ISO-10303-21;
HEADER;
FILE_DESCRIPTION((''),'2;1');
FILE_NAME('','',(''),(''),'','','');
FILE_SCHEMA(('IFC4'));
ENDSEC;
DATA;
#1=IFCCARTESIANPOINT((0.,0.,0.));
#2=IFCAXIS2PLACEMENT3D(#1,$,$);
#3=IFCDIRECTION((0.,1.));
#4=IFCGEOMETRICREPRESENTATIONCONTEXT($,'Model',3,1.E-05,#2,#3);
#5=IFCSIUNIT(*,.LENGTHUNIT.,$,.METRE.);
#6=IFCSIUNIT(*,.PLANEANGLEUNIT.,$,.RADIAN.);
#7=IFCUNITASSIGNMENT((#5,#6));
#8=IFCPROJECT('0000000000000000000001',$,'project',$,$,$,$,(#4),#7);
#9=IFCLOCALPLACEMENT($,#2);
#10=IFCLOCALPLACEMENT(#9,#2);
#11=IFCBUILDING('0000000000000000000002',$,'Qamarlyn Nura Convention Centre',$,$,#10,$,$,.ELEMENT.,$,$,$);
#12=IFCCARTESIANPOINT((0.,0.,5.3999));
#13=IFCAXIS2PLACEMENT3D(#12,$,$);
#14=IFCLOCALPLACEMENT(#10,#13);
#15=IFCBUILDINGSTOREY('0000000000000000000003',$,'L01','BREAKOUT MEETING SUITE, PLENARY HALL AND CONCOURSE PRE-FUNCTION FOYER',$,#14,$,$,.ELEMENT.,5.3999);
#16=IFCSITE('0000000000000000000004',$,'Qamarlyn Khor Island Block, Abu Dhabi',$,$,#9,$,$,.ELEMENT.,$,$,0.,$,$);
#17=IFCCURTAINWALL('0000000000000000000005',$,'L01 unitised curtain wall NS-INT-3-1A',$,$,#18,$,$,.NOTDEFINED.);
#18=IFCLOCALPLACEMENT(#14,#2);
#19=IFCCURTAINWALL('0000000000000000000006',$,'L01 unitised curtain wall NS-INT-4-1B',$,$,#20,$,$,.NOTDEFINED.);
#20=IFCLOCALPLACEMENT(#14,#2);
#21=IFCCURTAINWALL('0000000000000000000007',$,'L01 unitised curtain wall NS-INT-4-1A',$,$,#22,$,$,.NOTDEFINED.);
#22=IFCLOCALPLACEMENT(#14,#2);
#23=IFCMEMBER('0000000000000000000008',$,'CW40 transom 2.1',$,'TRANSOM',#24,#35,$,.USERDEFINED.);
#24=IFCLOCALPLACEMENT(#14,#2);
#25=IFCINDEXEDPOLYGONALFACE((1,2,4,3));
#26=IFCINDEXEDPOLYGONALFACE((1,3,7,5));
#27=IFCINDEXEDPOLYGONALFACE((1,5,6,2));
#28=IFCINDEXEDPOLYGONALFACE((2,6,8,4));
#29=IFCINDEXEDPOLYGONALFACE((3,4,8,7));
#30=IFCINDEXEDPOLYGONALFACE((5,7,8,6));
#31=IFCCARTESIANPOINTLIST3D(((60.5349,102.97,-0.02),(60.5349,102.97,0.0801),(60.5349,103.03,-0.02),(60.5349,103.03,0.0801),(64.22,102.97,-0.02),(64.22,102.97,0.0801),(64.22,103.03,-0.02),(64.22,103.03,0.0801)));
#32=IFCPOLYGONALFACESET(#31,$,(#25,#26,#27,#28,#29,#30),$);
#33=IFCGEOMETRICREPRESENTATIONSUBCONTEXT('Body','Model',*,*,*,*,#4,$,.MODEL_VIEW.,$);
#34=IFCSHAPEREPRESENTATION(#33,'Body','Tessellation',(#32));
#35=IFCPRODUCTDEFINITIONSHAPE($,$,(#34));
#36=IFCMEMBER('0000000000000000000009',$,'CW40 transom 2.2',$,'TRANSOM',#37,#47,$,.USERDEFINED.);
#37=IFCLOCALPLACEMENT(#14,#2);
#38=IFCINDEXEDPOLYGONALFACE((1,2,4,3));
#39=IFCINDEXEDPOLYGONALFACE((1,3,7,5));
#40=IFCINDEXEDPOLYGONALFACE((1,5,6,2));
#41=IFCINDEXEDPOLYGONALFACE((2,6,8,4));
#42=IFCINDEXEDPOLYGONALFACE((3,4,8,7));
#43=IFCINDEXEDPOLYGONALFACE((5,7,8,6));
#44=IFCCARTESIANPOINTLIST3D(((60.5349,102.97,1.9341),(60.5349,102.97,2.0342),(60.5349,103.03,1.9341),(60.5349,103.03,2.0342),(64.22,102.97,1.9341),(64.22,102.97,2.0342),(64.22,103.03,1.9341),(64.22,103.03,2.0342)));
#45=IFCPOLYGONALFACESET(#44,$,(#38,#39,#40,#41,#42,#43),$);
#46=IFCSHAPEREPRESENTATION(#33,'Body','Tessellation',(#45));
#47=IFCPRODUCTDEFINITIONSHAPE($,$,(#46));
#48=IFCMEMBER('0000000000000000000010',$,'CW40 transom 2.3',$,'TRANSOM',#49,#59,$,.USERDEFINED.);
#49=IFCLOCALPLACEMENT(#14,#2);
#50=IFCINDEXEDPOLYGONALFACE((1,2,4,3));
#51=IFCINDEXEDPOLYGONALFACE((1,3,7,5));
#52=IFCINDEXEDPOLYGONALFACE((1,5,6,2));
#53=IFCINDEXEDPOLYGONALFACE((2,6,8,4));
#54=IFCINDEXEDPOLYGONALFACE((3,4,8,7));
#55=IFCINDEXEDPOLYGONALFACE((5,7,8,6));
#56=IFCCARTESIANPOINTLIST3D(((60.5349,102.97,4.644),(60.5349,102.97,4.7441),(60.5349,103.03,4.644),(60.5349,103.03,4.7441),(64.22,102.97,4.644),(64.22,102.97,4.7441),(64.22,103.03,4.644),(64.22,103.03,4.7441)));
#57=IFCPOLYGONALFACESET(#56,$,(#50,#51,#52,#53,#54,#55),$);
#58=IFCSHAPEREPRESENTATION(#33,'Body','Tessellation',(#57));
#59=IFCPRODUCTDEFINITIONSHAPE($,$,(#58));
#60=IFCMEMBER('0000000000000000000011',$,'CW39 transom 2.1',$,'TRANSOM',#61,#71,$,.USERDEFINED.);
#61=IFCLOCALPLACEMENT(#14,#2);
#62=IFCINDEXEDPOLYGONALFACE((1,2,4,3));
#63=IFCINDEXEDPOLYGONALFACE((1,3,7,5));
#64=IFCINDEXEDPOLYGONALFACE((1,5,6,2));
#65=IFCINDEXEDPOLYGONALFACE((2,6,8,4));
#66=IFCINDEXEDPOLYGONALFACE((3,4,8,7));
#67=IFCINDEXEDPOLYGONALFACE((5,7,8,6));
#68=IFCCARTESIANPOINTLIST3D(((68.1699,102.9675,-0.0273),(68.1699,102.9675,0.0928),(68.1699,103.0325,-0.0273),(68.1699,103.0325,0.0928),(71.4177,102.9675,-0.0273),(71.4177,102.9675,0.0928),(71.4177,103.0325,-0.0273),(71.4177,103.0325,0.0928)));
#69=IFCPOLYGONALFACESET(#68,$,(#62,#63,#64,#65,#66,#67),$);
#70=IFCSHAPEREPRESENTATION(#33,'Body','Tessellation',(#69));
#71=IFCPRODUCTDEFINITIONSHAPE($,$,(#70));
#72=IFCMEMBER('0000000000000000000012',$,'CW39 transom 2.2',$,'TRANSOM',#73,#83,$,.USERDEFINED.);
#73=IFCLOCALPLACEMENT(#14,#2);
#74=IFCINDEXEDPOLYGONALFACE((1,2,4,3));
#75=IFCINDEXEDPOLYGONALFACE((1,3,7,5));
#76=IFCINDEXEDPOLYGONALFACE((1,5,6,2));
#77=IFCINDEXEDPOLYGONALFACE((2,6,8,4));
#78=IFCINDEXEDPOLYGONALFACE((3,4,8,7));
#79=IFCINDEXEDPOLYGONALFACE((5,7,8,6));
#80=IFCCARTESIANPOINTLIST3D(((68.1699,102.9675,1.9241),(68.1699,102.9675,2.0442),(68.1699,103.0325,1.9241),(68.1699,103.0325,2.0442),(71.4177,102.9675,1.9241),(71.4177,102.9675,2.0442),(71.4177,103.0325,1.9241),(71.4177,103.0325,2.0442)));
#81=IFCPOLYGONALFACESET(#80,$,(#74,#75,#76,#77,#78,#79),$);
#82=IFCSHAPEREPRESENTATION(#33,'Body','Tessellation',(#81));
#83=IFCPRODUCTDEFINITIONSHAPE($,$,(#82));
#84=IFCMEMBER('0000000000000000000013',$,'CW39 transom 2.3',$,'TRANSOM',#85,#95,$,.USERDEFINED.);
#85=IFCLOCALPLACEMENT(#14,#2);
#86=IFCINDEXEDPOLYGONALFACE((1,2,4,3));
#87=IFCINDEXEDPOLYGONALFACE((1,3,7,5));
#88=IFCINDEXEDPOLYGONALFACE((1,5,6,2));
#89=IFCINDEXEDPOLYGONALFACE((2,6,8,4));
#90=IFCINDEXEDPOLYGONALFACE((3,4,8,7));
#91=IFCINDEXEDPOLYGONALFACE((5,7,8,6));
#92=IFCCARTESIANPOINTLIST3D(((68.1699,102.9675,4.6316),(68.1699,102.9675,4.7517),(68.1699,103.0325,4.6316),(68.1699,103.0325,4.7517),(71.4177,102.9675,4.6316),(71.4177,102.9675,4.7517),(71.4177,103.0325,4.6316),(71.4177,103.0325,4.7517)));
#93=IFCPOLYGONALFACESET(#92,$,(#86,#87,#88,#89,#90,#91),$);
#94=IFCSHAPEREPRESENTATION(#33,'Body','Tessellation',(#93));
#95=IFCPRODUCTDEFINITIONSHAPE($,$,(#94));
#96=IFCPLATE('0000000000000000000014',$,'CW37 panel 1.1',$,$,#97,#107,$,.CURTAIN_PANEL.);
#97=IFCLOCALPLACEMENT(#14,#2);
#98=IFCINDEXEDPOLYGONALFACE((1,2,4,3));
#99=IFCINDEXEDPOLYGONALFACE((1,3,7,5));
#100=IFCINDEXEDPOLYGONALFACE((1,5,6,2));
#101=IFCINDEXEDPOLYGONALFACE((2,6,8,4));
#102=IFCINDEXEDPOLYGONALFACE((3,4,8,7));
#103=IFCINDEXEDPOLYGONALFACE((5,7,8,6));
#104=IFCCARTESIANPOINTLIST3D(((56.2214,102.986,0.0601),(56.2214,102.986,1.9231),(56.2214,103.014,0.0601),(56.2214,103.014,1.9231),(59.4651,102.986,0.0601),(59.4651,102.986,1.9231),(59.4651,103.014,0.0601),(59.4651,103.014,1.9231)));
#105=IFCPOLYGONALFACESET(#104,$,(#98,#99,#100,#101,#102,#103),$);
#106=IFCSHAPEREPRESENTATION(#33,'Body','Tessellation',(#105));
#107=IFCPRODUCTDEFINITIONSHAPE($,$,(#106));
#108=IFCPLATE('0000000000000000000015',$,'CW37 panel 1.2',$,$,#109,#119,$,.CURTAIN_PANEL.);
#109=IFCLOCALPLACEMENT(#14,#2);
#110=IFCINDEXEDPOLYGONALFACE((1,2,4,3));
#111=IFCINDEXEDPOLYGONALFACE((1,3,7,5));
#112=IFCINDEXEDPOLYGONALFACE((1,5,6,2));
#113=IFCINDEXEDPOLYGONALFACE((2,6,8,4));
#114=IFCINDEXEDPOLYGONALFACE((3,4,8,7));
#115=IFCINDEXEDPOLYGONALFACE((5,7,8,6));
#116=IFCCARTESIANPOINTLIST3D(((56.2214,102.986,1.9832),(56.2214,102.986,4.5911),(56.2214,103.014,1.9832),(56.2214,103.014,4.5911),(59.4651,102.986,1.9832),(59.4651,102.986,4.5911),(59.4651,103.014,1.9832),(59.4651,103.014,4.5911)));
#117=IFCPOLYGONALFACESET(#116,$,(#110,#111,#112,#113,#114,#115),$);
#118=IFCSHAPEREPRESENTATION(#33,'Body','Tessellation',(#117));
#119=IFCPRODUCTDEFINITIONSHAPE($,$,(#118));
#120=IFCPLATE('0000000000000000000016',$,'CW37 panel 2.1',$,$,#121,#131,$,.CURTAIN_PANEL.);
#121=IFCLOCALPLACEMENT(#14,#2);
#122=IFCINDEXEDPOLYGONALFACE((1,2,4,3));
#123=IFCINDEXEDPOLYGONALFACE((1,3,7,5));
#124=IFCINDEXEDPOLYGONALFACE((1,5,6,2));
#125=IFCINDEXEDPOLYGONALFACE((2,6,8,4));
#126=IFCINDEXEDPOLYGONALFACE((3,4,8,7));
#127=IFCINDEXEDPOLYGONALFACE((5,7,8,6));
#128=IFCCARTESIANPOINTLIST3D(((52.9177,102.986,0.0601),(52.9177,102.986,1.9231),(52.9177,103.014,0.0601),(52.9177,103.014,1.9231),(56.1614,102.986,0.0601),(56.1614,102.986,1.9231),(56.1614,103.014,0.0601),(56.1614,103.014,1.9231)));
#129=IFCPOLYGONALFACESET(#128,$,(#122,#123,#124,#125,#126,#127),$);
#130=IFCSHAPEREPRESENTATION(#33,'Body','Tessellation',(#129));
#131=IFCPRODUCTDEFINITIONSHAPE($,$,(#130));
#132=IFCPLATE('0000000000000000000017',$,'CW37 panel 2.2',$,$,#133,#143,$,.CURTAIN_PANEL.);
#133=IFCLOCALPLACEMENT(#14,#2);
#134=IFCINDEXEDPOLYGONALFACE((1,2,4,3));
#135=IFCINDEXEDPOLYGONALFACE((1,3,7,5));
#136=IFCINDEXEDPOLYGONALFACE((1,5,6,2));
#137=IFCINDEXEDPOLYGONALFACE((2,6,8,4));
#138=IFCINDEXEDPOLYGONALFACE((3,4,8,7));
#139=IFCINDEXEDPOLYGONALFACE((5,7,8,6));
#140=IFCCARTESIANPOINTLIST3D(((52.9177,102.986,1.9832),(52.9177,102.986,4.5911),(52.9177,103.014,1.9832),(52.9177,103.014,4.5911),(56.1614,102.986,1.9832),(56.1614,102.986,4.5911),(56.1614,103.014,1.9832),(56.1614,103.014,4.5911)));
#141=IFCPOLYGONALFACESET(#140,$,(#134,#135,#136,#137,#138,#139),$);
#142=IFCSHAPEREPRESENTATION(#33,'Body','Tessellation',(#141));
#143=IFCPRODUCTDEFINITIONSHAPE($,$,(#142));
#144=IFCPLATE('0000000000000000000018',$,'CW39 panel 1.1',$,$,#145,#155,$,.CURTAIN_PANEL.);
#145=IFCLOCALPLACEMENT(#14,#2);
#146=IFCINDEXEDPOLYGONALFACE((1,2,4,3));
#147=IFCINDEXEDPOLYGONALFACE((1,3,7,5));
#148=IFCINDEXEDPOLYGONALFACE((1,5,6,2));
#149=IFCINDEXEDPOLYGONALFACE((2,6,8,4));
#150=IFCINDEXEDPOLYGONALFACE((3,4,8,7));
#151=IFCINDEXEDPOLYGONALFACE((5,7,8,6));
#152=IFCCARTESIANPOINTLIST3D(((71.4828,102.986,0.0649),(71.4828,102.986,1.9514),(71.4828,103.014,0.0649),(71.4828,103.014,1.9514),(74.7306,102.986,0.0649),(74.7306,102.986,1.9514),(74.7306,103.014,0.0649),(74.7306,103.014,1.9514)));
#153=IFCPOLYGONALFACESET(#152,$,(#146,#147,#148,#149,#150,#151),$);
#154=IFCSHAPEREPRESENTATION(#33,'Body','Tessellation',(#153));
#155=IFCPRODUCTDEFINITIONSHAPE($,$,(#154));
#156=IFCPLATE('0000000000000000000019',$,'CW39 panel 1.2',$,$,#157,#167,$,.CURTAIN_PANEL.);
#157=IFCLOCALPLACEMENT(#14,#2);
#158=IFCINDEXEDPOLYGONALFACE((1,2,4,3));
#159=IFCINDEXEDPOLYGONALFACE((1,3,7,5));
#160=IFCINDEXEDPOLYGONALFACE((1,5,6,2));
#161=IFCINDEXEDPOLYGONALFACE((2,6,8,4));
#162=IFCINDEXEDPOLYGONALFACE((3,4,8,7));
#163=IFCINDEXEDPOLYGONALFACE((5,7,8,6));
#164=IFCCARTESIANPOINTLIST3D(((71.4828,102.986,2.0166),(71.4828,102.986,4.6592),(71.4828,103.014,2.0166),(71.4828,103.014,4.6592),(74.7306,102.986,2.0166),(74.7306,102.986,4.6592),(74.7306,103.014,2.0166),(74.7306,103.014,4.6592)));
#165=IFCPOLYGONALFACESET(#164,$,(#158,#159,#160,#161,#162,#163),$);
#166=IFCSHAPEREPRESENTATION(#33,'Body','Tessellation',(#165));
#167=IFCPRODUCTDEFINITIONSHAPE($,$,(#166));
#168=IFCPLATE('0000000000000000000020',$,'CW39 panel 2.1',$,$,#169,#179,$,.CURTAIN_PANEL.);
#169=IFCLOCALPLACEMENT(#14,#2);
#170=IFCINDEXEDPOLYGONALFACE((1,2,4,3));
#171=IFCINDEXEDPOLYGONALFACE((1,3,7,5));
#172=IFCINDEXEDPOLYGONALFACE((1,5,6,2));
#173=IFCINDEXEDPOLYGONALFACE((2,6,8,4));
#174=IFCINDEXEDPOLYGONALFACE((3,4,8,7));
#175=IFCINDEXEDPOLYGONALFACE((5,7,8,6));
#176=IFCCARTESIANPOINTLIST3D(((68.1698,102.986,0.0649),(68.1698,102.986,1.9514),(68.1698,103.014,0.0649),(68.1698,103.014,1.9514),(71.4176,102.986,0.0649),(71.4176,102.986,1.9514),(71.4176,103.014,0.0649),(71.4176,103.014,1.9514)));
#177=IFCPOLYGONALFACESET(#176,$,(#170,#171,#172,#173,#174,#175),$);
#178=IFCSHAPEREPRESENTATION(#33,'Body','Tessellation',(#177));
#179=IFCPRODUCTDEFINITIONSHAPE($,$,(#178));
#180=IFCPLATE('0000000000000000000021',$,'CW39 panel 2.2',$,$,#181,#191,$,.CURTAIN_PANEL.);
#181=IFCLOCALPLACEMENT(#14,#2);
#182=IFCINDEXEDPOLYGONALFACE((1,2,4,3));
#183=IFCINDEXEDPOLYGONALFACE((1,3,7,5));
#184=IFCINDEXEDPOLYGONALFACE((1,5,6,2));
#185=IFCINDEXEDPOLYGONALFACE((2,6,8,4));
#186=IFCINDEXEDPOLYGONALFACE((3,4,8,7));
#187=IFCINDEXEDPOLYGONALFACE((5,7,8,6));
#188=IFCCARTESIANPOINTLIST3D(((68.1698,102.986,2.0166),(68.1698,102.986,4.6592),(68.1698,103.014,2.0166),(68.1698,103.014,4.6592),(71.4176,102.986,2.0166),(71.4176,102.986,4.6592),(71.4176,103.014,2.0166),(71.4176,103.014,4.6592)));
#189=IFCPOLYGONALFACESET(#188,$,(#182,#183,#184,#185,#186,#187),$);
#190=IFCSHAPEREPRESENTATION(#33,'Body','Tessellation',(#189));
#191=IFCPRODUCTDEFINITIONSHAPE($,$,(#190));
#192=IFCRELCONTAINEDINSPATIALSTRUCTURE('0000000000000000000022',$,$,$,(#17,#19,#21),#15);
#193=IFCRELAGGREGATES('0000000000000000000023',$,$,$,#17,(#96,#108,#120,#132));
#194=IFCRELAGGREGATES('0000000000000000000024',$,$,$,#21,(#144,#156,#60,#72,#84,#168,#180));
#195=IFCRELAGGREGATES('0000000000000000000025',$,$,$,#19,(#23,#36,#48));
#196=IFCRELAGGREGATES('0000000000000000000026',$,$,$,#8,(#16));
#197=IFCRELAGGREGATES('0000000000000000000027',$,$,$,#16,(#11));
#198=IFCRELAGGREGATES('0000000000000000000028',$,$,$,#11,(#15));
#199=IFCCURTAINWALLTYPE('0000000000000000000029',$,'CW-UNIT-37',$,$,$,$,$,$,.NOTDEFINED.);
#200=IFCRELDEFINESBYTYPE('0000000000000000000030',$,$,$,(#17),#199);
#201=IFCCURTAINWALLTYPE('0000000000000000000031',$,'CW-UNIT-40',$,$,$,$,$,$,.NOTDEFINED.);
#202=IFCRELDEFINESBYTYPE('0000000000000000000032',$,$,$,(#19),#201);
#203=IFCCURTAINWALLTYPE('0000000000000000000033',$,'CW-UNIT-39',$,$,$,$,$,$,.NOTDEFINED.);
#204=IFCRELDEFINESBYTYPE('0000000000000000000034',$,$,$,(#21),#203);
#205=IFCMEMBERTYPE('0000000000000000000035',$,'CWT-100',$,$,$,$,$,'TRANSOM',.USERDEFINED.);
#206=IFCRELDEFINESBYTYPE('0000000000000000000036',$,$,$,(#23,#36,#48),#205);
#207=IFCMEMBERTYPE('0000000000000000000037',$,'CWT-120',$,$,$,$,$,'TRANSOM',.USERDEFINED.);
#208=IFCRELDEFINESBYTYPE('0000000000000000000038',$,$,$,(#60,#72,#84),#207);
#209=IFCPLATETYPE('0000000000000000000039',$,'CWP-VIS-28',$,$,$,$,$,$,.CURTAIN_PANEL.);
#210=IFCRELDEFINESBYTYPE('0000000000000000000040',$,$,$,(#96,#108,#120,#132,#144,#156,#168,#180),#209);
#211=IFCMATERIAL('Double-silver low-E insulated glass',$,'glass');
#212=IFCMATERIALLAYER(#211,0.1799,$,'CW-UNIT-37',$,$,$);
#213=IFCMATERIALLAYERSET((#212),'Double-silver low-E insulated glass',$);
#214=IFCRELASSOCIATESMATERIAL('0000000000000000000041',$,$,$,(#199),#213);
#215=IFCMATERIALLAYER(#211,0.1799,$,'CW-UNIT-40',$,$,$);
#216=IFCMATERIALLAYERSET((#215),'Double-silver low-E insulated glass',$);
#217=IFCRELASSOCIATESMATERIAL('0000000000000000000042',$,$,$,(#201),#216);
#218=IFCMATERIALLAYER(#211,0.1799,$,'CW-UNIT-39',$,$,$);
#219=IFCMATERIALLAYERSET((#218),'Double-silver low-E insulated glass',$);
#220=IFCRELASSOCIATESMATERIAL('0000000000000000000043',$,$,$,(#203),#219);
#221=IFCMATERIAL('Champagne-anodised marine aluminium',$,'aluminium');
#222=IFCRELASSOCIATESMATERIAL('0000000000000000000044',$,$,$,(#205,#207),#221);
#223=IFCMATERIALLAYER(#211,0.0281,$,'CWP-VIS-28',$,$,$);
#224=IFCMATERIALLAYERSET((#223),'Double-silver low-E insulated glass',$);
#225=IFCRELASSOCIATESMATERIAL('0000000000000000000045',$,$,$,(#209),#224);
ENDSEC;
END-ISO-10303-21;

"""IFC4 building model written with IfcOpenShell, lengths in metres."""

from ifc_helpers import new_model, si_unit, direction, frame, origin, origin_2d, place, context, subcontext, project, spatial, rectangle, extrude, material, layer, layer_set, material_profile, profile_set, type_object, element, aggregate, save


model = new_model("IFC4")

# Units and contexts
model_context = context("Model", 3, precision=1e-05, world=origin(), true_north=direction((0.0, 1.0)))
body_context = subcontext(model_context, "Body", "Model", "MODEL_VIEW")
ifc_project = project(units=[si_unit("LENGTHUNIT", "METRE"), si_unit("PLANEANGLEUNIT", "RADIAN")], contexts=[model_context])

# Site, building, storey
site_placement = place(None, origin())
site = spatial("IfcSite", under=ifc_project, at=site_placement, Name="Qamarlyn Khor Island Block, Abu Dhabi", CompositionType="ELEMENT", RefElevation=0.0)
building_placement = place(site_placement, origin())
building = spatial("IfcBuilding", under=site, at=building_placement, Name="Qamarlyn Nura Convention Centre", CompositionType="ELEMENT")
storey_placement = place(building_placement, frame((0.0, 0.0, 5.3999)))
storey = spatial("IfcBuildingStorey", under=building, at=storey_placement, Name="L01", Description="BREAKOUT MEETING SUITE, PLENARY HALL AND CONCOURSE PRE-FUNCTION FOYER", CompositionType="ELEMENT", Elevation=5.3999)

# Curtain walls
ifc_material_1 = material(Name="Double-silver low-E insulated glass", Category="glass")
ifc_layer_1 = layer(ifc_material_1, 0.1799, Name="CW-UNIT-37")
ifc_layer_set_1 = layer_set([ifc_layer_1], Name="Double-silver low-E insulated glass")
curtain_wall_type_1 = type_object("IfcCurtainWallType", Name="CW-UNIT-37", PredefinedType="NOTDEFINED", material=ifc_layer_set_1)
curtain_wall_1_placement = place(storey_placement, origin())
curtain_wall_1 = element("IfcCurtainWall", 1, at=curtain_wall_1_placement, inside=storey, type_object=curtain_wall_type_1, Name="L01 unitised curtain wall NS-INT-3-1A", PredefinedType="NOTDEFINED")
ifc_material_2 = material(Name="Champagne-anodised marine aluminium", Category="aluminium")
ifc_layer_2 = layer(ifc_material_1, 0.1799, Name="CW-UNIT-40")
ifc_layer_set_2 = layer_set([ifc_layer_2], Name="Double-silver low-E insulated glass")
curtain_wall_type_2 = type_object("IfcCurtainWallType", Name="CW-UNIT-40", PredefinedType="NOTDEFINED", material=ifc_layer_set_2)
curtain_wall_2_placement = place(storey_placement, origin())
curtain_wall_2 = element("IfcCurtainWall", 2, at=curtain_wall_2_placement, inside=storey, type_object=curtain_wall_type_2, Name="L01 unitised curtain wall NS-INT-4-1B", PredefinedType="NOTDEFINED")
ifc_layer_3 = layer(ifc_material_1, 0.1799, Name="CW-UNIT-39")
ifc_layer_set_3 = layer_set([ifc_layer_3], Name="Double-silver low-E insulated glass")
curtain_wall_type_3 = type_object("IfcCurtainWallType", Name="CW-UNIT-39", PredefinedType="NOTDEFINED", material=ifc_layer_set_3)
curtain_wall_3_placement = place(storey_placement, origin())
curtain_wall_3 = element("IfcCurtainWall", 3, at=curtain_wall_3_placement, inside=storey, type_object=curtain_wall_type_3, Name="L01 unitised curtain wall NS-INT-4-1A", PredefinedType="NOTDEFINED")

# Members
ifc_material_profile_1 = material_profile(ifc_material_2, rectangle(XDim=0.0601, YDim=0.1001, at=origin_2d()), Name="ALU TRANSOM 60x100")
ifc_profile_set_1 = profile_set([ifc_material_profile_1], Name="Champagne-anodised marine aluminium")
member_type_1 = type_object("IfcMemberType", Name="CWT-100", ElementType="TRANSOM", PredefinedType="USERDEFINED", material=ifc_profile_set_1)
member_1_placement = place(storey_placement, frame((64.22, 103.0, 0.03), z_axis=(-1.0, 0.0, 0.0), x_axis=(0.0, -1.0, 0.0)))
member_1 = element("IfcMember", 4, at=member_1_placement, type_object=member_type_1, Name="CW40 transom 2.1", ObjectType="TRANSOM", PredefinedType="USERDEFINED", context=body_context, shape_type="SweptSolid", body=[
    extrude(rectangle(XDim=0.0601, YDim=0.1001, at=origin_2d()), origin(), (0.0, 0.0, 1.0), 3.6851),
])
member_2_placement = place(storey_placement, frame((64.22, 103.0, 1.9841), z_axis=(-1.0, 0.0, 0.0), x_axis=(0.0, -1.0, 0.0)))
member_2 = element("IfcMember", 5, at=member_2_placement, type_object=member_type_1, Name="CW40 transom 2.2", ObjectType="TRANSOM", PredefinedType="USERDEFINED", context=body_context, shape_type="SweptSolid", body=[
    extrude(rectangle(XDim=0.0601, YDim=0.1001, at=origin_2d()), origin(), (0.0, 0.0, 1.0), 3.6851),
])
member_3_placement = place(storey_placement, frame((64.22, 103.0, 4.6941), z_axis=(-1.0, 0.0, 0.0), x_axis=(0.0, -1.0, 0.0)))
member_3 = element("IfcMember", 6, at=member_3_placement, type_object=member_type_1, Name="CW40 transom 2.3", ObjectType="TRANSOM", PredefinedType="USERDEFINED", context=body_context, shape_type="SweptSolid", body=[
    extrude(rectangle(XDim=0.0601, YDim=0.1001, at=origin_2d()), origin(), (0.0, 0.0, 1.0), 3.6851),
])
ifc_material_profile_2 = material_profile(ifc_material_2, rectangle(XDim=0.0649, YDim=0.1201, at=origin_2d()), Name="ALU TRANSOM 65x120")
ifc_profile_set_2 = profile_set([ifc_material_profile_2], Name="Champagne-anodised marine aluminium")
member_type_2 = type_object("IfcMemberType", Name="CWT-120", ElementType="TRANSOM", PredefinedType="USERDEFINED", material=ifc_profile_set_2)
member_4_placement = place(storey_placement, frame((71.4177, 103.0, 0.0327), z_axis=(-1.0, 0.0, 0.0), x_axis=(0.0, -1.0, 0.0)))
member_4 = element("IfcMember", 7, at=member_4_placement, type_object=member_type_2, Name="CW39 transom 2.1", ObjectType="TRANSOM", PredefinedType="USERDEFINED", context=body_context, shape_type="SweptSolid", body=[
    extrude(rectangle(XDim=0.0649, YDim=0.1201, at=origin_2d()), origin(), (0.0, 0.0, 1.0), 3.2478),
])
member_5_placement = place(storey_placement, frame((71.4177, 103.0, 1.9841), z_axis=(-1.0, 0.0, 0.0), x_axis=(0.0, -1.0, 0.0)))
member_5 = element("IfcMember", 8, at=member_5_placement, type_object=member_type_2, Name="CW39 transom 2.2", ObjectType="TRANSOM", PredefinedType="USERDEFINED", context=body_context, shape_type="SweptSolid", body=[
    extrude(rectangle(XDim=0.0649, YDim=0.1201, at=origin_2d()), origin(), (0.0, 0.0, 1.0), 3.2478),
])
member_6_placement = place(storey_placement, frame((71.4177, 103.0, 4.6917), z_axis=(-1.0, 0.0, 0.0), x_axis=(0.0, -1.0, 0.0)))
member_6 = element("IfcMember", 9, at=member_6_placement, type_object=member_type_2, Name="CW39 transom 2.3", ObjectType="TRANSOM", PredefinedType="USERDEFINED", context=body_context, shape_type="SweptSolid", body=[
    extrude(rectangle(XDim=0.0649, YDim=0.1201, at=origin_2d()), origin(), (0.0, 0.0, 1.0), 3.2478),
])

# Plates
ifc_layer_4 = layer(ifc_material_1, 0.0281, Name="CWP-VIS-28")
ifc_layer_set_4 = layer_set([ifc_layer_4], Name="Double-silver low-E insulated glass")
plate_type_1 = type_object("IfcPlateType", Name="CWP-VIS-28", PredefinedType="CURTAIN_PANEL", material=ifc_layer_set_4)
plate_1_placement = place(storey_placement, frame((57.8433, 103.0, 0.0601), z_axis=(0.0, 0.0, 1.0), x_axis=(-1.0, 0.0, 0.0)))
plate_1 = element("IfcPlate", 10, at=plate_1_placement, type_object=plate_type_1, Name="CW37 panel 1.1", PredefinedType="CURTAIN_PANEL", context=body_context, shape_type="SweptSolid", body=[
    extrude(rectangle(XDim=3.2437, YDim=0.0281, at=origin_2d()), origin(), (0.0, 0.0, 1.0), 1.863),
])
plate_2_placement = place(storey_placement, frame((57.8433, 103.0, 1.9832), z_axis=(0.0, 0.0, 1.0), x_axis=(-1.0, 0.0, 0.0)))
plate_2 = element("IfcPlate", 11, at=plate_2_placement, type_object=plate_type_1, Name="CW37 panel 1.2", PredefinedType="CURTAIN_PANEL", context=body_context, shape_type="SweptSolid", body=[
    extrude(rectangle(XDim=3.2437, YDim=0.0281, at=origin_2d()), origin(), (0.0, 0.0, 1.0), 2.6079),
])
plate_3_placement = place(storey_placement, frame((54.5396, 103.0, 0.0601), z_axis=(0.0, 0.0, 1.0), x_axis=(-1.0, 0.0, 0.0)))
plate_3 = element("IfcPlate", 12, at=plate_3_placement, type_object=plate_type_1, Name="CW37 panel 2.1", PredefinedType="CURTAIN_PANEL", context=body_context, shape_type="SweptSolid", body=[
    extrude(rectangle(XDim=3.2437, YDim=0.0281, at=origin_2d()), origin(), (0.0, 0.0, 1.0), 1.863),
])
plate_4_placement = place(storey_placement, frame((54.5396, 103.0, 1.9832), z_axis=(0.0, 0.0, 1.0), x_axis=(-1.0, 0.0, 0.0)))
plate_4 = element("IfcPlate", 13, at=plate_4_placement, type_object=plate_type_1, Name="CW37 panel 2.2", PredefinedType="CURTAIN_PANEL", context=body_context, shape_type="SweptSolid", body=[
    extrude(rectangle(XDim=3.2437, YDim=0.0281, at=origin_2d()), origin(), (0.0, 0.0, 1.0), 2.6079),
])
aggregate(curtain_wall_1, [plate_1, plate_2, plate_3, plate_4])
plate_5_placement = place(storey_placement, frame((73.1067, 103.0, 0.0649), z_axis=(0.0, 0.0, 1.0), x_axis=(-1.0, 0.0, 0.0)))
plate_5 = element("IfcPlate", 14, at=plate_5_placement, type_object=plate_type_1, Name="CW39 panel 1.1", PredefinedType="CURTAIN_PANEL", context=body_context, shape_type="SweptSolid", body=[
    extrude(rectangle(XDim=3.2478, YDim=0.0281, at=origin_2d()), origin(), (0.0, 0.0, 1.0), 1.8865),
])
plate_6_placement = place(storey_placement, frame((73.1067, 103.0, 2.0166), z_axis=(0.0, 0.0, 1.0), x_axis=(-1.0, 0.0, 0.0)))
plate_6 = element("IfcPlate", 15, at=plate_6_placement, type_object=plate_type_1, Name="CW39 panel 1.2", PredefinedType="CURTAIN_PANEL", context=body_context, shape_type="SweptSolid", body=[
    extrude(rectangle(XDim=3.2478, YDim=0.0281, at=origin_2d()), origin(), (0.0, 0.0, 1.0), 2.6426),
])
plate_7_placement = place(storey_placement, frame((69.7937, 103.0, 0.0649), z_axis=(0.0, 0.0, 1.0), x_axis=(-1.0, 0.0, 0.0)))
plate_7 = element("IfcPlate", 16, at=plate_7_placement, type_object=plate_type_1, Name="CW39 panel 2.1", PredefinedType="CURTAIN_PANEL", context=body_context, shape_type="SweptSolid", body=[
    extrude(rectangle(XDim=3.2478, YDim=0.0281, at=origin_2d()), origin(), (0.0, 0.0, 1.0), 1.8865),
])
plate_8_placement = place(storey_placement, frame((69.7937, 103.0, 2.0166), z_axis=(0.0, 0.0, 1.0), x_axis=(-1.0, 0.0, 0.0)))
plate_8 = element("IfcPlate", 17, at=plate_8_placement, type_object=plate_type_1, Name="CW39 panel 2.2", PredefinedType="CURTAIN_PANEL", context=body_context, shape_type="SweptSolid", body=[
    extrude(rectangle(XDim=3.2478, YDim=0.0281, at=origin_2d()), origin(), (0.0, 0.0, 1.0), 2.6426),
])
aggregate(curtain_wall_3, [plate_5, plate_6, member_4, member_5, member_6, plate_7, plate_8])
aggregate(curtain_wall_2, [member_1, member_2, member_3])

save(model, "model.ifc")
